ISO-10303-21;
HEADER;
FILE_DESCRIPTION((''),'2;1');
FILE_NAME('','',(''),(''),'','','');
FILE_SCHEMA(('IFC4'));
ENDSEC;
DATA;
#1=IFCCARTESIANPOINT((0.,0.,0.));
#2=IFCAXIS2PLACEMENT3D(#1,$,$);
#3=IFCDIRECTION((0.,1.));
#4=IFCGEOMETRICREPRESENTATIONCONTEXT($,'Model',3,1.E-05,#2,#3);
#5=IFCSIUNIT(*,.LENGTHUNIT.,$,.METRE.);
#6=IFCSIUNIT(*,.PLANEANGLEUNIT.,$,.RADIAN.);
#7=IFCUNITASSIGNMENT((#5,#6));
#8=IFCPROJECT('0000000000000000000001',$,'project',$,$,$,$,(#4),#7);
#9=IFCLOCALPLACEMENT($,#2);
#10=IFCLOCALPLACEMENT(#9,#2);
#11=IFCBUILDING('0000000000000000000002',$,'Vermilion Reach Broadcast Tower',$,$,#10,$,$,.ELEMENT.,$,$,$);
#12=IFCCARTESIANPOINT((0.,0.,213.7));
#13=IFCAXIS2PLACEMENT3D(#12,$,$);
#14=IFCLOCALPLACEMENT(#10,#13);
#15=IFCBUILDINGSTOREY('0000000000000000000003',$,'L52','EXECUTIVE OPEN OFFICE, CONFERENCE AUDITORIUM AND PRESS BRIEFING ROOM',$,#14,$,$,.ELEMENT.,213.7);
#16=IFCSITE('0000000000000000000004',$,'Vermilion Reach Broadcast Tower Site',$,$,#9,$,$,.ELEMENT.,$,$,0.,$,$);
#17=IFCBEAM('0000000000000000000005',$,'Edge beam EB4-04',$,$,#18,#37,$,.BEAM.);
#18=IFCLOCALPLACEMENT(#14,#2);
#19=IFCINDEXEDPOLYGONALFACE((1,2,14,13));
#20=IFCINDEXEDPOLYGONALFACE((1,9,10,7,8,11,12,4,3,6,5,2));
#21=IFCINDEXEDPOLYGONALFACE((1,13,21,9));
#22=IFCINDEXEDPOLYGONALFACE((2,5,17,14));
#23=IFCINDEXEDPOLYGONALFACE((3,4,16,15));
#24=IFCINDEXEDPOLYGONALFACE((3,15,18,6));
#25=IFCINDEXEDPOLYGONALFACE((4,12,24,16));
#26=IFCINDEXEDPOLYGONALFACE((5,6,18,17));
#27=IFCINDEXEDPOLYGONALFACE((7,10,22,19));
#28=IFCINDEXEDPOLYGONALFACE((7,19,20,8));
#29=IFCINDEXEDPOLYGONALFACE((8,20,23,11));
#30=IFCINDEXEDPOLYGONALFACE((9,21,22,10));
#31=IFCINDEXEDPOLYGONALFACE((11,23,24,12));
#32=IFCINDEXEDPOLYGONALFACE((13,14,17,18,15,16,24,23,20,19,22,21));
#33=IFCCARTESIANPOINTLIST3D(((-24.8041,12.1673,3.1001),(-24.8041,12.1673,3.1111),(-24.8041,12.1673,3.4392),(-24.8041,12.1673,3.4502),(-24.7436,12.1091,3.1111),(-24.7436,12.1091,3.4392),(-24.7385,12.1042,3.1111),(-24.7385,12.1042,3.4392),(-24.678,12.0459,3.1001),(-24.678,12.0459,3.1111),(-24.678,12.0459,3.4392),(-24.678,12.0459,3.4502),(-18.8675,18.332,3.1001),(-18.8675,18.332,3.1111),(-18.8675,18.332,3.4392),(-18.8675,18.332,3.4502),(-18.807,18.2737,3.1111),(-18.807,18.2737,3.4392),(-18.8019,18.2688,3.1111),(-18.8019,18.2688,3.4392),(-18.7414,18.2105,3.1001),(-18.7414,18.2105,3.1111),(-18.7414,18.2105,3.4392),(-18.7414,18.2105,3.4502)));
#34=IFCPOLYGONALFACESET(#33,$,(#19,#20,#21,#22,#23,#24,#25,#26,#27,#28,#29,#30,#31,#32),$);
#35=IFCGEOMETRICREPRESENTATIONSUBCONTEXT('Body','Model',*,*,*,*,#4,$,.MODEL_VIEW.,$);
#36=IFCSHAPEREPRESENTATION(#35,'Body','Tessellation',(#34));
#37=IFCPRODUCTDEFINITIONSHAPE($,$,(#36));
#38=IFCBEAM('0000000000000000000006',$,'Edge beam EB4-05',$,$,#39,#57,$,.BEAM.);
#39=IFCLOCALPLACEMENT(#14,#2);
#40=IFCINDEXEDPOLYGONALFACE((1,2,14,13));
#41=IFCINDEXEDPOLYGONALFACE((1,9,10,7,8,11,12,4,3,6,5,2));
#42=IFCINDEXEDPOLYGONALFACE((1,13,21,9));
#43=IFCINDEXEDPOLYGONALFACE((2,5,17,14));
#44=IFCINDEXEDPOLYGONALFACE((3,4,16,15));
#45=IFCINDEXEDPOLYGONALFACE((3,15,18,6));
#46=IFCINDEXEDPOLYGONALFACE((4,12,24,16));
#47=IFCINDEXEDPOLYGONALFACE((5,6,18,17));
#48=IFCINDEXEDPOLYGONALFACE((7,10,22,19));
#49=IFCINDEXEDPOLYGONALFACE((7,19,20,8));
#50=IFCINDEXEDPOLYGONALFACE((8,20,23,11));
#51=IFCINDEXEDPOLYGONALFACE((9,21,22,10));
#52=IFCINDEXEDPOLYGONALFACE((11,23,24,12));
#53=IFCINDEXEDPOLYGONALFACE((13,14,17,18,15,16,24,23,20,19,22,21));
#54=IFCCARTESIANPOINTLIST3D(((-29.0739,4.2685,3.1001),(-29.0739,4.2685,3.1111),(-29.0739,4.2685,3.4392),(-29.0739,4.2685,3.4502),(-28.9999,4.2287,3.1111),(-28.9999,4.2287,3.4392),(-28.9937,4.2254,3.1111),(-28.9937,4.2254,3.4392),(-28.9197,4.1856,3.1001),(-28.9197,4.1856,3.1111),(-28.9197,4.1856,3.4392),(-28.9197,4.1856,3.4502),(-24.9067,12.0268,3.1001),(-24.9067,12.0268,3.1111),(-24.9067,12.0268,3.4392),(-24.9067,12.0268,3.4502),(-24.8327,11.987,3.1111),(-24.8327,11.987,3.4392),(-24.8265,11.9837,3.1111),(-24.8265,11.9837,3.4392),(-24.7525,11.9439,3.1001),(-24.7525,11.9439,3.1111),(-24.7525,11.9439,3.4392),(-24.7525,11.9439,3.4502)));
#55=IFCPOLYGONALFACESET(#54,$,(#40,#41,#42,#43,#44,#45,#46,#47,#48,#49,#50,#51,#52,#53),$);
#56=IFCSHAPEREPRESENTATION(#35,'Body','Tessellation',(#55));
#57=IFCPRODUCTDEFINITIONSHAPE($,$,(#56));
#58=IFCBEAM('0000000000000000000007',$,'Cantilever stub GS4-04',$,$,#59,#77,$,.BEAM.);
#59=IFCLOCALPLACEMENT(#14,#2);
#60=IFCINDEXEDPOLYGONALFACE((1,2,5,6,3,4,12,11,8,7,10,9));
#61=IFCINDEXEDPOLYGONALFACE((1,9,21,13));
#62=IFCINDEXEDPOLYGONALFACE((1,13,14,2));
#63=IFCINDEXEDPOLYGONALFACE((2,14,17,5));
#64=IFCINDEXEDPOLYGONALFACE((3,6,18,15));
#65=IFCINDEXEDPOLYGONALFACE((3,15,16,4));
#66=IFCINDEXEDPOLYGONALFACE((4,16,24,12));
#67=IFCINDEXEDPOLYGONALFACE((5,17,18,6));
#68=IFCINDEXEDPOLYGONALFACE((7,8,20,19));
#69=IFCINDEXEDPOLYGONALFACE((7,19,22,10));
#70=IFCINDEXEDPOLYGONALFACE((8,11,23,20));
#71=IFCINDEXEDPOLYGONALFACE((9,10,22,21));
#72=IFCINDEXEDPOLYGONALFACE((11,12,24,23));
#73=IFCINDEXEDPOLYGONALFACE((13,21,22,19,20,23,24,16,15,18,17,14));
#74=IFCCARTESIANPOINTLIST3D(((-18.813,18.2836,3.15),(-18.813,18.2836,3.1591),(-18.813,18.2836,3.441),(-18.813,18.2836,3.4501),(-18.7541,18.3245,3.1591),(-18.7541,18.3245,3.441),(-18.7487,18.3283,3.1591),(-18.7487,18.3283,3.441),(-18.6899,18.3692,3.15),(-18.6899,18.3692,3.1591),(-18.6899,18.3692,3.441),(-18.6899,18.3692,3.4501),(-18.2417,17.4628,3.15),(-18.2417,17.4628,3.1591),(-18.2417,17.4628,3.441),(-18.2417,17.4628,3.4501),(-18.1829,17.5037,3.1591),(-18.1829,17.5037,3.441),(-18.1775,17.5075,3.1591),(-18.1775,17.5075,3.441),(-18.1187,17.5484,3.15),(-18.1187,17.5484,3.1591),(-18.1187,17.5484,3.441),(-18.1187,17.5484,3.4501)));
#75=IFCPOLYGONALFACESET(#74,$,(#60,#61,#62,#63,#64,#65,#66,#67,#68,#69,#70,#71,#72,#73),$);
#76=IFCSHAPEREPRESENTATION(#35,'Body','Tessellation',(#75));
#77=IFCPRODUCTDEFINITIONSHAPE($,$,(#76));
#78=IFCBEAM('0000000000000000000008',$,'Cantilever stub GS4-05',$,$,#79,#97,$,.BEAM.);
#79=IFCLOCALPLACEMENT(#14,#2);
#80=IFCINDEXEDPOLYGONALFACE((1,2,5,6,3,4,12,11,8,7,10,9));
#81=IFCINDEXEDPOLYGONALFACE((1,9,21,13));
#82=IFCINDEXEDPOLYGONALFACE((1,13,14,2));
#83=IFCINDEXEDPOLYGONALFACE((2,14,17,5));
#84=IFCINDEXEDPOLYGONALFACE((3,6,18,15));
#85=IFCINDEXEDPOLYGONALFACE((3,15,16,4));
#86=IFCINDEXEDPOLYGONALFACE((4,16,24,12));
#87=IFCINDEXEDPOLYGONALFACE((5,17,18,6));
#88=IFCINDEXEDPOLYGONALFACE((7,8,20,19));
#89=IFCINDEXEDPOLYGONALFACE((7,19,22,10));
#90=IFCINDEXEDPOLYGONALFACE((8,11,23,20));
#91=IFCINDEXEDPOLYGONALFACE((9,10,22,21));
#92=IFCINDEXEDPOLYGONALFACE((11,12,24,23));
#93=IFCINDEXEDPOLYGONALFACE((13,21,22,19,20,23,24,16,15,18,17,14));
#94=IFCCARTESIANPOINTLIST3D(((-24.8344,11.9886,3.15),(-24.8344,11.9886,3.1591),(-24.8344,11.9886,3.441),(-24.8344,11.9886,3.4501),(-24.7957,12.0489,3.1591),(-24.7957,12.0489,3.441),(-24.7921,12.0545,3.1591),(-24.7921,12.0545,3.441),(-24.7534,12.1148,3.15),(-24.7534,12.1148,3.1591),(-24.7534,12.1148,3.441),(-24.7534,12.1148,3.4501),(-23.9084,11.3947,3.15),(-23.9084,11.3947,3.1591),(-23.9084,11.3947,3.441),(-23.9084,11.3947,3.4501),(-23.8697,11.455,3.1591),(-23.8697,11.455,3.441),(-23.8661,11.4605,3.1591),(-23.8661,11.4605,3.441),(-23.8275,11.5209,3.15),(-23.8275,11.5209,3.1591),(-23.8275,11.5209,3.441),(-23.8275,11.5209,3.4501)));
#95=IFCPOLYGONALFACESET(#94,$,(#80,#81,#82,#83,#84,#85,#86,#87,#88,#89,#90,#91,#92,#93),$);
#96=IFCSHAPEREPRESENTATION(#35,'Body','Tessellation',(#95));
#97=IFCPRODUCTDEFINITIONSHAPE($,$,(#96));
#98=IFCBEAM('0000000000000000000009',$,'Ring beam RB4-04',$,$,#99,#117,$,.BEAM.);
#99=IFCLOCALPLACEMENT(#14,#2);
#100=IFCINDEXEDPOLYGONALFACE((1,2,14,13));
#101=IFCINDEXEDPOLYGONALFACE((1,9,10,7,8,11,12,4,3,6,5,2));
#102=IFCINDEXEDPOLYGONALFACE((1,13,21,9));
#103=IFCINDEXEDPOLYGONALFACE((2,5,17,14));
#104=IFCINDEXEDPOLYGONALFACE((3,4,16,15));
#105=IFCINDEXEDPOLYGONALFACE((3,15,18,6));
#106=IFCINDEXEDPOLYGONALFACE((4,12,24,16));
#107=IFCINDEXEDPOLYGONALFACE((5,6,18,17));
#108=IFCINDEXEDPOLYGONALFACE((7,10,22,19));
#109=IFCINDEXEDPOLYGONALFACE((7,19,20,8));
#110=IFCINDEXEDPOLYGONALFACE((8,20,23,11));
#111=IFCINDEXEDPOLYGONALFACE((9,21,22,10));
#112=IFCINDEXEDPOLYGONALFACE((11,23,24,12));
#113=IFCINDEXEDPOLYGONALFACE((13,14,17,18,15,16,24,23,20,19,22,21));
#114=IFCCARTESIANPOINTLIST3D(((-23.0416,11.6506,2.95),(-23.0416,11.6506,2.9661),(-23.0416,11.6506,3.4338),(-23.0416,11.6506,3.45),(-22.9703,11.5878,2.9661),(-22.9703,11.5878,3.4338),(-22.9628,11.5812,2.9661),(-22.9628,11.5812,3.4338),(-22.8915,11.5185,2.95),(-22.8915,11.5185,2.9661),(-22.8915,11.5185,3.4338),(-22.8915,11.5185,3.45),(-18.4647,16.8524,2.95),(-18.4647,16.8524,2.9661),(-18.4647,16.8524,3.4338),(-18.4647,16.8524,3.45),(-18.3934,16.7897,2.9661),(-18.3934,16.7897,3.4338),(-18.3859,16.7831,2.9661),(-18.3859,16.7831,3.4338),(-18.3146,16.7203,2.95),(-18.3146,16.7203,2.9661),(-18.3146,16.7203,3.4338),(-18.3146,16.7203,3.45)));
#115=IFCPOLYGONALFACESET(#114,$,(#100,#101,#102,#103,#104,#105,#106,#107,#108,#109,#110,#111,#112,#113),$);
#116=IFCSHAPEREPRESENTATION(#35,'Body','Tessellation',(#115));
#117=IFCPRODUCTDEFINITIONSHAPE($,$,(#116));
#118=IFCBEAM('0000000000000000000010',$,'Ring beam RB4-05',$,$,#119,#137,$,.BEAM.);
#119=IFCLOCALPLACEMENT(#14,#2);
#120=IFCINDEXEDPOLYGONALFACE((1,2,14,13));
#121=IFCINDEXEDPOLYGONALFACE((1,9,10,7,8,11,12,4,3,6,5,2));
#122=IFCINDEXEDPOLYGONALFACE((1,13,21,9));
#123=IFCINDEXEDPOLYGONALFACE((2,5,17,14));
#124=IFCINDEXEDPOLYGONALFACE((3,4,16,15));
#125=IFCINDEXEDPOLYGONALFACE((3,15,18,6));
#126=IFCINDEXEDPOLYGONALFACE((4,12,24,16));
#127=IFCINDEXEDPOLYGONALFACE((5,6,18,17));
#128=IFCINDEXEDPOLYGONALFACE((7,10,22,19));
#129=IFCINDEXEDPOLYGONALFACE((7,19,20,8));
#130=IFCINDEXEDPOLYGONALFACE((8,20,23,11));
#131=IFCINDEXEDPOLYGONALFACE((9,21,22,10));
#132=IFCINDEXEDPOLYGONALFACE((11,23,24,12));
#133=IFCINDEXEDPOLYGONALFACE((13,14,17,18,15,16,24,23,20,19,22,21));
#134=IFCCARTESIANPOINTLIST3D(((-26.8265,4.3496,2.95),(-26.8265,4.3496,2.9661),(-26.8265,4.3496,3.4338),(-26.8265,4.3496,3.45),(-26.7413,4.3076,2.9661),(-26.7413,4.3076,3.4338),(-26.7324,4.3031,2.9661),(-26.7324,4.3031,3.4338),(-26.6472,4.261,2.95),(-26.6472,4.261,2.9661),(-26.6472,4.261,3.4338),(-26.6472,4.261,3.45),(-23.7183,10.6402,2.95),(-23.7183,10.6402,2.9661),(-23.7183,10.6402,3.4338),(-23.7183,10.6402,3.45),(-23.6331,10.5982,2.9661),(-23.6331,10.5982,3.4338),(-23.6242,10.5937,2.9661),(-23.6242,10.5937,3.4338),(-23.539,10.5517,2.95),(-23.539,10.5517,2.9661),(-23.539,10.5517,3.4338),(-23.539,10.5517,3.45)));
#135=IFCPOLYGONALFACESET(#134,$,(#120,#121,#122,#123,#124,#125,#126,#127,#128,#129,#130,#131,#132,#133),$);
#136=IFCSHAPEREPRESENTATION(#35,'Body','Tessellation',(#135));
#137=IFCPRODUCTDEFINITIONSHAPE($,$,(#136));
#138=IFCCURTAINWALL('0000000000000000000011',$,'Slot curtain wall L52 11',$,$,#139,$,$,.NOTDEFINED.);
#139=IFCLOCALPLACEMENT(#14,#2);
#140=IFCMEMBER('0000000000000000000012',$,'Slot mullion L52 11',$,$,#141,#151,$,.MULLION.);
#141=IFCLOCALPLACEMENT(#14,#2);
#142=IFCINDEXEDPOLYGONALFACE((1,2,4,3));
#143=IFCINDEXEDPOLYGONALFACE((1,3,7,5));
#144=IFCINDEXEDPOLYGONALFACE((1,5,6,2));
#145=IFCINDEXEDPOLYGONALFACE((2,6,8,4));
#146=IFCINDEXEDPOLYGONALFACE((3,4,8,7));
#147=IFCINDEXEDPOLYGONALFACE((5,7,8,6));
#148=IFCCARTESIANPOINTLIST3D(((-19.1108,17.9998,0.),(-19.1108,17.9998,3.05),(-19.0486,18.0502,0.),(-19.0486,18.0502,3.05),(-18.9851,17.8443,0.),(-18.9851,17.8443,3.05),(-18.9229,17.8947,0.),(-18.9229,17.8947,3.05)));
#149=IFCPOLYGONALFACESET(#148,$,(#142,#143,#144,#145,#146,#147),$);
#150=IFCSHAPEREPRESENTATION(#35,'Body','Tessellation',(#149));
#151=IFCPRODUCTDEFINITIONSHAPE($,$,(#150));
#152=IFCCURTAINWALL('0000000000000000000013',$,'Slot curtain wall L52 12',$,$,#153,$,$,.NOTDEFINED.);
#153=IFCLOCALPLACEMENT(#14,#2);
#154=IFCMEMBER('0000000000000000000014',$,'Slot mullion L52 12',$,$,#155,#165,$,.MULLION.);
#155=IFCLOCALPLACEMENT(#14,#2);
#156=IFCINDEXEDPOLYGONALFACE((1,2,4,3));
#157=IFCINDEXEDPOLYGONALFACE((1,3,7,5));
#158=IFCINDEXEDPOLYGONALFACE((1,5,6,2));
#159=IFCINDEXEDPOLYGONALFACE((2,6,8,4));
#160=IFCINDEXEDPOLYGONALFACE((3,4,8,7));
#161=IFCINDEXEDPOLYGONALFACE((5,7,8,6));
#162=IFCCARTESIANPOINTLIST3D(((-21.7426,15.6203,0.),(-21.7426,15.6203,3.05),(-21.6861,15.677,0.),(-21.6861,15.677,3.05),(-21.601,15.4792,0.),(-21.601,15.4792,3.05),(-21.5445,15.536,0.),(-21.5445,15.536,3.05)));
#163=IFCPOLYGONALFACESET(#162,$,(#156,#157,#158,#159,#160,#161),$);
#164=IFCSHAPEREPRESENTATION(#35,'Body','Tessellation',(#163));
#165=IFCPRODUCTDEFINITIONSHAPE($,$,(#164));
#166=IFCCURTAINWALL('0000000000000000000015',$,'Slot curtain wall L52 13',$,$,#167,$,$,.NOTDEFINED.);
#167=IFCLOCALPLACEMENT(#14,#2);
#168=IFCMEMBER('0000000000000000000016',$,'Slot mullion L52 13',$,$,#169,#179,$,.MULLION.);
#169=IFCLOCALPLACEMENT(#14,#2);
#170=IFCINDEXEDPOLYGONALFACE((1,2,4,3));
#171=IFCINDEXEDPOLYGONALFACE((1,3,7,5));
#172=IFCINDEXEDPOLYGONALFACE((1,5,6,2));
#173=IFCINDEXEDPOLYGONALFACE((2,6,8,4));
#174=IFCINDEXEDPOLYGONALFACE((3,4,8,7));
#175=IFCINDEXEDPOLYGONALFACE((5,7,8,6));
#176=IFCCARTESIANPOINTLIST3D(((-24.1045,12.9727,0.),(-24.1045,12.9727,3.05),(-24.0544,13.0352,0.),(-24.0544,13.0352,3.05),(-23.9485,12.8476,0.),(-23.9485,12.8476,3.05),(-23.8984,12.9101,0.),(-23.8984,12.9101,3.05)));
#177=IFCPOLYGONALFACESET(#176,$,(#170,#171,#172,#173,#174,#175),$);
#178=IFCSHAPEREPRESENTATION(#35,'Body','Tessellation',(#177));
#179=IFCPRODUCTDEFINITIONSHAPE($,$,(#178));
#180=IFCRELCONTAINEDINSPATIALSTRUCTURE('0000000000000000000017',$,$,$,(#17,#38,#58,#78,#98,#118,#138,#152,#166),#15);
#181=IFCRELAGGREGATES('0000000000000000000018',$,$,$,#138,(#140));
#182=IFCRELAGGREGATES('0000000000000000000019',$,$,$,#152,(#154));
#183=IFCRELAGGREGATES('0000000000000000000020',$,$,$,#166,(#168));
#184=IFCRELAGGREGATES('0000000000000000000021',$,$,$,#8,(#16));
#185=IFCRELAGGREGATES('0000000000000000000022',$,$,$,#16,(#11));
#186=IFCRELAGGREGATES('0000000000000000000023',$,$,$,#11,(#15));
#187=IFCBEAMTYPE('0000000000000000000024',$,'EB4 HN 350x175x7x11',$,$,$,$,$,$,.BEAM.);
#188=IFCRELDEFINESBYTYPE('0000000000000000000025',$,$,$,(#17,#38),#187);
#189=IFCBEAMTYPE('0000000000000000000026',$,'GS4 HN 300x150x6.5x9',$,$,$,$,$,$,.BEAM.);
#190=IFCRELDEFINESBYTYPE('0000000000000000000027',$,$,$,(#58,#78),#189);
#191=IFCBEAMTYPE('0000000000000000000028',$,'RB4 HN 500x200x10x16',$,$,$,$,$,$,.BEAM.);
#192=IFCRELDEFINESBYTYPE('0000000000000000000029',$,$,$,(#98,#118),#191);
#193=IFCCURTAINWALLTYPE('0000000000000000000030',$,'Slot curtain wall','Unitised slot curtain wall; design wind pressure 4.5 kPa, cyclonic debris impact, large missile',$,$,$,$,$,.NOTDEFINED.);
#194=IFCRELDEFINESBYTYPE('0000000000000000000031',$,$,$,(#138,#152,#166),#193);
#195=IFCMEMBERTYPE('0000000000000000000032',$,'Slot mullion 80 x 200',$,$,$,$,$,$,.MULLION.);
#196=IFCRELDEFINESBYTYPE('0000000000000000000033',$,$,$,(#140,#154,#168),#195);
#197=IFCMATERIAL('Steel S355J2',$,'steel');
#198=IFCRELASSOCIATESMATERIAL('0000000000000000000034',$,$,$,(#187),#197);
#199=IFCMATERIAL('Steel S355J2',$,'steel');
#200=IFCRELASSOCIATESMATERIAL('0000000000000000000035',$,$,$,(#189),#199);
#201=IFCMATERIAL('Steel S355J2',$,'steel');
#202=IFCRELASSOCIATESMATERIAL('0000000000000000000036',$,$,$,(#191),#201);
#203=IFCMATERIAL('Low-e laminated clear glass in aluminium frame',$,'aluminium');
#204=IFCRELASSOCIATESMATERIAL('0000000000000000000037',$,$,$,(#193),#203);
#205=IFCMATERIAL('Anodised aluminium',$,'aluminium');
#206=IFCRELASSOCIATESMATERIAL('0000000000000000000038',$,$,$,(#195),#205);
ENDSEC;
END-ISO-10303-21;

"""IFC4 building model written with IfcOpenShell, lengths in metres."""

from ifc_helpers import new_model, si_unit, direction, frame, origin, origin_2d, place, context, subcontext, project, spatial, rectangle, i_section, extrude, material, material_profile, profile_set, type_object, element, aggregate, save


model = new_model("IFC4")

# Units and contexts
model_context = context("Model", 3, precision=1e-05, world=origin(), true_north=direction((0.0, 1.0)))
body_context = subcontext(model_context, "Body", "Model", "MODEL_VIEW")
ifc_project = project(units=[si_unit("LENGTHUNIT", "METRE"), si_unit("PLANEANGLEUNIT", "RADIAN")], contexts=[model_context])

# Site, building, storey
site_placement = place(None, origin())
site = spatial("IfcSite", under=ifc_project, at=site_placement, Name="Vermilion Reach Broadcast Tower Site", CompositionType="ELEMENT", RefElevation=0.0)
building_placement = place(site_placement, origin())
building = spatial("IfcBuilding", under=site, at=building_placement, Name="Vermilion Reach Broadcast Tower", CompositionType="ELEMENT")
storey_placement = place(building_placement, frame((0.0, 0.0, 213.7)))
storey = spatial("IfcBuildingStorey", under=building, at=storey_placement, Name="L52", Description="EXECUTIVE OPEN OFFICE, CONFERENCE AUDITORIUM AND PRESS BRIEFING ROOM", CompositionType="ELEMENT", Elevation=213.7)

# Beams
ifc_material_1 = material(Name="Steel S355J2", Category="steel")
ifc_material_profile_1 = material_profile(ifc_material_1, i_section(OverallWidth=0.175, OverallDepth=0.3501, WebThickness=0.0071, FlangeThickness=0.011, at=origin_2d()), Name="S355J2 HN 350x175x7x11")
ifc_profile_set_1 = profile_set([ifc_material_profile_1], Name="Steel S355J2")
beam_type_1 = type_object("IfcBeamType", Name="EB4 HN 350x175x7x11", PredefinedType="BEAM", material=ifc_profile_set_1)
beam_1_placement = place(storey_placement, frame((-18.8044, 18.2712, 3.2751), z_axis=(-0.693659, -0.720303, 0.0), x_axis=(0.720303, -0.693659, 0.0)))
element("IfcBeam", 1, at=beam_1_placement, inside=storey, type_object=beam_type_1, Name="Edge beam EB4-04", PredefinedType="BEAM", context=body_context, shape_type="SweptSolid", body=[
    extrude(i_section(OverallWidth=0.175, OverallDepth=0.3501, WebThickness=0.0071, FlangeThickness=0.011, at=origin_2d()), origin(), (0.0, 0.0, 1.0), 8.5583),
])
beam_2_placement = place(storey_placement, frame((-24.8296, 11.9854, 3.2751), z_axis=(-0.473192, -0.880959, 0.0), x_axis=(0.880959, -0.473192, 0.0)))
element("IfcBeam", 2, at=beam_2_placement, inside=storey, type_object=beam_type_1, Name="Edge beam EB4-05", PredefinedType="BEAM", context=body_context, shape_type="SweptSolid", body=[
    extrude(i_section(OverallWidth=0.175, OverallDepth=0.3501, WebThickness=0.0071, FlangeThickness=0.011, at=origin_2d()), origin(), (0.0, 0.0, 1.0), 8.8066),
])
ifc_material_2 = material(Name="Steel S355J2", Category="steel")
ifc_material_profile_2 = material_profile(ifc_material_2, i_section(OverallWidth=0.1499, OverallDepth=0.3, WebThickness=0.0066, FlangeThickness=0.009, at=origin_2d()), Name="S355J2 HN 300x150x6.5x9")
ifc_profile_set_2 = profile_set([ifc_material_profile_2], Name="Steel S355J2")
beam_type_2 = type_object("IfcBeamType", Name="GS4 HN 300x150x6.5x9", PredefinedType="BEAM", material=ifc_profile_set_2)
beam_3_placement = place(storey_placement, frame((-18.1802, 17.5056, 3.3), z_axis=(-0.571265, 0.820766, 0.0), x_axis=(-0.820766, -0.571265, 0.0)))
element("IfcBeam", 3, at=beam_3_placement, inside=storey, type_object=beam_type_2, Name="Cantilever stub GS4-04", PredefinedType="BEAM", context=body_context, shape_type="SweptSolid", body=[
    extrude(i_section(OverallWidth=0.1499, OverallDepth=0.3, WebThickness=0.0066, FlangeThickness=0.009, at=origin_2d()), origin(), (0.0, 0.0, 1.0), 1.0),
])
beam_4_placement = place(storey_placement, frame((-23.8679, 11.4578, 3.3), z_axis=(-0.841719, 0.539916, 0.0), x_axis=(-0.539916, -0.841719, 0.0)))
element("IfcBeam", 4, at=beam_4_placement, inside=storey, type_object=beam_type_2, Name="Cantilever stub GS4-05", PredefinedType="BEAM", context=body_context, shape_type="SweptSolid", body=[
    extrude(i_section(OverallWidth=0.1499, OverallDepth=0.3, WebThickness=0.0066, FlangeThickness=0.009, at=origin_2d()), origin(), (0.0, 0.0, 1.0), 1.1001),
])
ifc_material_3 = material(Name="Steel S355J2", Category="steel")
ifc_material_profile_3 = material_profile(ifc_material_3, i_section(OverallWidth=0.2, OverallDepth=0.5, WebThickness=0.01, FlangeThickness=0.0161, at=origin_2d()), Name="S355J2 HN 500x200x10x16")
ifc_profile_set_3 = profile_set([ifc_material_profile_3], Name="Steel S355J2")
beam_type_3 = type_object("IfcBeamType", Name="RB4 HN 500x200x10x16", PredefinedType="BEAM", material=ifc_profile_set_3)
beam_5_placement = place(storey_placement, frame((-18.3896, 16.7864, 3.2), z_axis=(-0.660565, -0.750769, 0.0), x_axis=(0.750769, -0.660565, 0.0)))
element("IfcBeam", 5, at=beam_5_placement, inside=storey, type_object=beam_type_3, Name="Ring beam RB4-04", PredefinedType="BEAM", context=body_context, shape_type="SweptSolid", body=[
    extrude(i_section(OverallWidth=0.2, OverallDepth=0.5, WebThickness=0.01, FlangeThickness=0.0161, at=origin_2d()), origin(), (0.0, 0.0, 1.0), 6.9287),
])
beam_6_placement = place(storey_placement, frame((-23.6287, 10.5959, 3.2), z_axis=(-0.442977, -0.896533, 0.0), x_axis=(0.896533, -0.442977, 0.0)))
element("IfcBeam", 6, at=beam_6_placement, inside=storey, type_object=beam_type_3, Name="Ring beam RB4-05", PredefinedType="BEAM", context=body_context, shape_type="SweptSolid", body=[
    extrude(i_section(OverallWidth=0.2, OverallDepth=0.5, WebThickness=0.01, FlangeThickness=0.0161, at=origin_2d()), origin(), (0.0, 0.0, 1.0), 7.0166),
])

# Curtain walls, members
ifc_material_4 = material(Name="Low-e laminated clear glass in aluminium frame", Category="aluminium")
curtain_wall_type = type_object("IfcCurtainWallType", Name="Slot curtain wall", Description="Unitised slot curtain wall; design wind pressure 4.5 kPa, cyclonic debris impact, large missile", PredefinedType="NOTDEFINED", material=ifc_material_4)
placement = place(storey_placement, origin())
curtain_wall_1 = element("IfcCurtainWall", 7, at=placement, inside=storey, type_object=curtain_wall_type, Name="Slot curtain wall L52 11", PredefinedType="NOTDEFINED")
ifc_material_5 = material(Name="Anodised aluminium", Category="aluminium")
ifc_material_profile_4 = material_profile(ifc_material_5, rectangle(XDim=0.2, YDim=0.0801, at=origin_2d()), Name="Slot mullion 80 x 200")
ifc_profile_set_4 = profile_set([ifc_material_profile_4], Name="Anodised aluminium")
member_type_1 = type_object("IfcMemberType", Name="Slot mullion 80 x 200", PredefinedType="MULLION", material=ifc_profile_set_4)
member_1_placement = place(storey_placement, frame((-19.0168, 17.9473, 0.0), z_axis=(0.0, 0.0, 1.0), x_axis=(0.628697, -0.77765, 0.0)))
member_1 = element("IfcMember", 8, at=member_1_placement, type_object=member_type_1, Name="Slot mullion L52 11", PredefinedType="MULLION", context=body_context, shape_type="SweptSolid", body=[
    extrude(rectangle(XDim=0.2, YDim=0.0801, at=origin_2d()), origin(), (0.0, 0.0, 1.0), 3.05),
])
curtain_wall_2 = element("IfcCurtainWall", 9, at=placement, inside=storey, type_object=curtain_wall_type, Name="Slot curtain wall L52 12", PredefinedType="NOTDEFINED")
member_2_placement = place(storey_placement, frame((-21.6436, 15.5781, 0.0), z_axis=(0.0, 0.0, 1.0), x_axis=(0.708586, -0.705624, 0.0)))
member_2 = element("IfcMember", 10, at=member_2_placement, type_object=member_type_1, Name="Slot mullion L52 12", PredefinedType="MULLION", context=body_context, shape_type="SweptSolid", body=[
    extrude(rectangle(XDim=0.2, YDim=0.0801, at=origin_2d()), origin(), (0.0, 0.0, 1.0), 3.05),
])
curtain_wall_3 = element("IfcCurtainWall", 11, at=placement, inside=storey, type_object=curtain_wall_type, Name="Slot curtain wall L52 13", PredefinedType="NOTDEFINED")
member_3_placement = place(storey_placement, frame((-24.0015, 12.9414, 0.0), z_axis=(0.0, 0.0, 1.0), x_axis=(0.780277, -0.625434, 0.0)))
member_3 = element("IfcMember", 12, at=member_3_placement, type_object=member_type_1, Name="Slot mullion L52 13", PredefinedType="MULLION", context=body_context, shape_type="SweptSolid", body=[
    extrude(rectangle(XDim=0.2, YDim=0.0801, at=origin_2d()), origin(), (0.0, 0.0, 1.0), 3.05),
])

aggregate(curtain_wall_1, [member_1])
aggregate(curtain_wall_2, [member_2])
aggregate(curtain_wall_3, [member_3])

save(model, "model.ifc")
